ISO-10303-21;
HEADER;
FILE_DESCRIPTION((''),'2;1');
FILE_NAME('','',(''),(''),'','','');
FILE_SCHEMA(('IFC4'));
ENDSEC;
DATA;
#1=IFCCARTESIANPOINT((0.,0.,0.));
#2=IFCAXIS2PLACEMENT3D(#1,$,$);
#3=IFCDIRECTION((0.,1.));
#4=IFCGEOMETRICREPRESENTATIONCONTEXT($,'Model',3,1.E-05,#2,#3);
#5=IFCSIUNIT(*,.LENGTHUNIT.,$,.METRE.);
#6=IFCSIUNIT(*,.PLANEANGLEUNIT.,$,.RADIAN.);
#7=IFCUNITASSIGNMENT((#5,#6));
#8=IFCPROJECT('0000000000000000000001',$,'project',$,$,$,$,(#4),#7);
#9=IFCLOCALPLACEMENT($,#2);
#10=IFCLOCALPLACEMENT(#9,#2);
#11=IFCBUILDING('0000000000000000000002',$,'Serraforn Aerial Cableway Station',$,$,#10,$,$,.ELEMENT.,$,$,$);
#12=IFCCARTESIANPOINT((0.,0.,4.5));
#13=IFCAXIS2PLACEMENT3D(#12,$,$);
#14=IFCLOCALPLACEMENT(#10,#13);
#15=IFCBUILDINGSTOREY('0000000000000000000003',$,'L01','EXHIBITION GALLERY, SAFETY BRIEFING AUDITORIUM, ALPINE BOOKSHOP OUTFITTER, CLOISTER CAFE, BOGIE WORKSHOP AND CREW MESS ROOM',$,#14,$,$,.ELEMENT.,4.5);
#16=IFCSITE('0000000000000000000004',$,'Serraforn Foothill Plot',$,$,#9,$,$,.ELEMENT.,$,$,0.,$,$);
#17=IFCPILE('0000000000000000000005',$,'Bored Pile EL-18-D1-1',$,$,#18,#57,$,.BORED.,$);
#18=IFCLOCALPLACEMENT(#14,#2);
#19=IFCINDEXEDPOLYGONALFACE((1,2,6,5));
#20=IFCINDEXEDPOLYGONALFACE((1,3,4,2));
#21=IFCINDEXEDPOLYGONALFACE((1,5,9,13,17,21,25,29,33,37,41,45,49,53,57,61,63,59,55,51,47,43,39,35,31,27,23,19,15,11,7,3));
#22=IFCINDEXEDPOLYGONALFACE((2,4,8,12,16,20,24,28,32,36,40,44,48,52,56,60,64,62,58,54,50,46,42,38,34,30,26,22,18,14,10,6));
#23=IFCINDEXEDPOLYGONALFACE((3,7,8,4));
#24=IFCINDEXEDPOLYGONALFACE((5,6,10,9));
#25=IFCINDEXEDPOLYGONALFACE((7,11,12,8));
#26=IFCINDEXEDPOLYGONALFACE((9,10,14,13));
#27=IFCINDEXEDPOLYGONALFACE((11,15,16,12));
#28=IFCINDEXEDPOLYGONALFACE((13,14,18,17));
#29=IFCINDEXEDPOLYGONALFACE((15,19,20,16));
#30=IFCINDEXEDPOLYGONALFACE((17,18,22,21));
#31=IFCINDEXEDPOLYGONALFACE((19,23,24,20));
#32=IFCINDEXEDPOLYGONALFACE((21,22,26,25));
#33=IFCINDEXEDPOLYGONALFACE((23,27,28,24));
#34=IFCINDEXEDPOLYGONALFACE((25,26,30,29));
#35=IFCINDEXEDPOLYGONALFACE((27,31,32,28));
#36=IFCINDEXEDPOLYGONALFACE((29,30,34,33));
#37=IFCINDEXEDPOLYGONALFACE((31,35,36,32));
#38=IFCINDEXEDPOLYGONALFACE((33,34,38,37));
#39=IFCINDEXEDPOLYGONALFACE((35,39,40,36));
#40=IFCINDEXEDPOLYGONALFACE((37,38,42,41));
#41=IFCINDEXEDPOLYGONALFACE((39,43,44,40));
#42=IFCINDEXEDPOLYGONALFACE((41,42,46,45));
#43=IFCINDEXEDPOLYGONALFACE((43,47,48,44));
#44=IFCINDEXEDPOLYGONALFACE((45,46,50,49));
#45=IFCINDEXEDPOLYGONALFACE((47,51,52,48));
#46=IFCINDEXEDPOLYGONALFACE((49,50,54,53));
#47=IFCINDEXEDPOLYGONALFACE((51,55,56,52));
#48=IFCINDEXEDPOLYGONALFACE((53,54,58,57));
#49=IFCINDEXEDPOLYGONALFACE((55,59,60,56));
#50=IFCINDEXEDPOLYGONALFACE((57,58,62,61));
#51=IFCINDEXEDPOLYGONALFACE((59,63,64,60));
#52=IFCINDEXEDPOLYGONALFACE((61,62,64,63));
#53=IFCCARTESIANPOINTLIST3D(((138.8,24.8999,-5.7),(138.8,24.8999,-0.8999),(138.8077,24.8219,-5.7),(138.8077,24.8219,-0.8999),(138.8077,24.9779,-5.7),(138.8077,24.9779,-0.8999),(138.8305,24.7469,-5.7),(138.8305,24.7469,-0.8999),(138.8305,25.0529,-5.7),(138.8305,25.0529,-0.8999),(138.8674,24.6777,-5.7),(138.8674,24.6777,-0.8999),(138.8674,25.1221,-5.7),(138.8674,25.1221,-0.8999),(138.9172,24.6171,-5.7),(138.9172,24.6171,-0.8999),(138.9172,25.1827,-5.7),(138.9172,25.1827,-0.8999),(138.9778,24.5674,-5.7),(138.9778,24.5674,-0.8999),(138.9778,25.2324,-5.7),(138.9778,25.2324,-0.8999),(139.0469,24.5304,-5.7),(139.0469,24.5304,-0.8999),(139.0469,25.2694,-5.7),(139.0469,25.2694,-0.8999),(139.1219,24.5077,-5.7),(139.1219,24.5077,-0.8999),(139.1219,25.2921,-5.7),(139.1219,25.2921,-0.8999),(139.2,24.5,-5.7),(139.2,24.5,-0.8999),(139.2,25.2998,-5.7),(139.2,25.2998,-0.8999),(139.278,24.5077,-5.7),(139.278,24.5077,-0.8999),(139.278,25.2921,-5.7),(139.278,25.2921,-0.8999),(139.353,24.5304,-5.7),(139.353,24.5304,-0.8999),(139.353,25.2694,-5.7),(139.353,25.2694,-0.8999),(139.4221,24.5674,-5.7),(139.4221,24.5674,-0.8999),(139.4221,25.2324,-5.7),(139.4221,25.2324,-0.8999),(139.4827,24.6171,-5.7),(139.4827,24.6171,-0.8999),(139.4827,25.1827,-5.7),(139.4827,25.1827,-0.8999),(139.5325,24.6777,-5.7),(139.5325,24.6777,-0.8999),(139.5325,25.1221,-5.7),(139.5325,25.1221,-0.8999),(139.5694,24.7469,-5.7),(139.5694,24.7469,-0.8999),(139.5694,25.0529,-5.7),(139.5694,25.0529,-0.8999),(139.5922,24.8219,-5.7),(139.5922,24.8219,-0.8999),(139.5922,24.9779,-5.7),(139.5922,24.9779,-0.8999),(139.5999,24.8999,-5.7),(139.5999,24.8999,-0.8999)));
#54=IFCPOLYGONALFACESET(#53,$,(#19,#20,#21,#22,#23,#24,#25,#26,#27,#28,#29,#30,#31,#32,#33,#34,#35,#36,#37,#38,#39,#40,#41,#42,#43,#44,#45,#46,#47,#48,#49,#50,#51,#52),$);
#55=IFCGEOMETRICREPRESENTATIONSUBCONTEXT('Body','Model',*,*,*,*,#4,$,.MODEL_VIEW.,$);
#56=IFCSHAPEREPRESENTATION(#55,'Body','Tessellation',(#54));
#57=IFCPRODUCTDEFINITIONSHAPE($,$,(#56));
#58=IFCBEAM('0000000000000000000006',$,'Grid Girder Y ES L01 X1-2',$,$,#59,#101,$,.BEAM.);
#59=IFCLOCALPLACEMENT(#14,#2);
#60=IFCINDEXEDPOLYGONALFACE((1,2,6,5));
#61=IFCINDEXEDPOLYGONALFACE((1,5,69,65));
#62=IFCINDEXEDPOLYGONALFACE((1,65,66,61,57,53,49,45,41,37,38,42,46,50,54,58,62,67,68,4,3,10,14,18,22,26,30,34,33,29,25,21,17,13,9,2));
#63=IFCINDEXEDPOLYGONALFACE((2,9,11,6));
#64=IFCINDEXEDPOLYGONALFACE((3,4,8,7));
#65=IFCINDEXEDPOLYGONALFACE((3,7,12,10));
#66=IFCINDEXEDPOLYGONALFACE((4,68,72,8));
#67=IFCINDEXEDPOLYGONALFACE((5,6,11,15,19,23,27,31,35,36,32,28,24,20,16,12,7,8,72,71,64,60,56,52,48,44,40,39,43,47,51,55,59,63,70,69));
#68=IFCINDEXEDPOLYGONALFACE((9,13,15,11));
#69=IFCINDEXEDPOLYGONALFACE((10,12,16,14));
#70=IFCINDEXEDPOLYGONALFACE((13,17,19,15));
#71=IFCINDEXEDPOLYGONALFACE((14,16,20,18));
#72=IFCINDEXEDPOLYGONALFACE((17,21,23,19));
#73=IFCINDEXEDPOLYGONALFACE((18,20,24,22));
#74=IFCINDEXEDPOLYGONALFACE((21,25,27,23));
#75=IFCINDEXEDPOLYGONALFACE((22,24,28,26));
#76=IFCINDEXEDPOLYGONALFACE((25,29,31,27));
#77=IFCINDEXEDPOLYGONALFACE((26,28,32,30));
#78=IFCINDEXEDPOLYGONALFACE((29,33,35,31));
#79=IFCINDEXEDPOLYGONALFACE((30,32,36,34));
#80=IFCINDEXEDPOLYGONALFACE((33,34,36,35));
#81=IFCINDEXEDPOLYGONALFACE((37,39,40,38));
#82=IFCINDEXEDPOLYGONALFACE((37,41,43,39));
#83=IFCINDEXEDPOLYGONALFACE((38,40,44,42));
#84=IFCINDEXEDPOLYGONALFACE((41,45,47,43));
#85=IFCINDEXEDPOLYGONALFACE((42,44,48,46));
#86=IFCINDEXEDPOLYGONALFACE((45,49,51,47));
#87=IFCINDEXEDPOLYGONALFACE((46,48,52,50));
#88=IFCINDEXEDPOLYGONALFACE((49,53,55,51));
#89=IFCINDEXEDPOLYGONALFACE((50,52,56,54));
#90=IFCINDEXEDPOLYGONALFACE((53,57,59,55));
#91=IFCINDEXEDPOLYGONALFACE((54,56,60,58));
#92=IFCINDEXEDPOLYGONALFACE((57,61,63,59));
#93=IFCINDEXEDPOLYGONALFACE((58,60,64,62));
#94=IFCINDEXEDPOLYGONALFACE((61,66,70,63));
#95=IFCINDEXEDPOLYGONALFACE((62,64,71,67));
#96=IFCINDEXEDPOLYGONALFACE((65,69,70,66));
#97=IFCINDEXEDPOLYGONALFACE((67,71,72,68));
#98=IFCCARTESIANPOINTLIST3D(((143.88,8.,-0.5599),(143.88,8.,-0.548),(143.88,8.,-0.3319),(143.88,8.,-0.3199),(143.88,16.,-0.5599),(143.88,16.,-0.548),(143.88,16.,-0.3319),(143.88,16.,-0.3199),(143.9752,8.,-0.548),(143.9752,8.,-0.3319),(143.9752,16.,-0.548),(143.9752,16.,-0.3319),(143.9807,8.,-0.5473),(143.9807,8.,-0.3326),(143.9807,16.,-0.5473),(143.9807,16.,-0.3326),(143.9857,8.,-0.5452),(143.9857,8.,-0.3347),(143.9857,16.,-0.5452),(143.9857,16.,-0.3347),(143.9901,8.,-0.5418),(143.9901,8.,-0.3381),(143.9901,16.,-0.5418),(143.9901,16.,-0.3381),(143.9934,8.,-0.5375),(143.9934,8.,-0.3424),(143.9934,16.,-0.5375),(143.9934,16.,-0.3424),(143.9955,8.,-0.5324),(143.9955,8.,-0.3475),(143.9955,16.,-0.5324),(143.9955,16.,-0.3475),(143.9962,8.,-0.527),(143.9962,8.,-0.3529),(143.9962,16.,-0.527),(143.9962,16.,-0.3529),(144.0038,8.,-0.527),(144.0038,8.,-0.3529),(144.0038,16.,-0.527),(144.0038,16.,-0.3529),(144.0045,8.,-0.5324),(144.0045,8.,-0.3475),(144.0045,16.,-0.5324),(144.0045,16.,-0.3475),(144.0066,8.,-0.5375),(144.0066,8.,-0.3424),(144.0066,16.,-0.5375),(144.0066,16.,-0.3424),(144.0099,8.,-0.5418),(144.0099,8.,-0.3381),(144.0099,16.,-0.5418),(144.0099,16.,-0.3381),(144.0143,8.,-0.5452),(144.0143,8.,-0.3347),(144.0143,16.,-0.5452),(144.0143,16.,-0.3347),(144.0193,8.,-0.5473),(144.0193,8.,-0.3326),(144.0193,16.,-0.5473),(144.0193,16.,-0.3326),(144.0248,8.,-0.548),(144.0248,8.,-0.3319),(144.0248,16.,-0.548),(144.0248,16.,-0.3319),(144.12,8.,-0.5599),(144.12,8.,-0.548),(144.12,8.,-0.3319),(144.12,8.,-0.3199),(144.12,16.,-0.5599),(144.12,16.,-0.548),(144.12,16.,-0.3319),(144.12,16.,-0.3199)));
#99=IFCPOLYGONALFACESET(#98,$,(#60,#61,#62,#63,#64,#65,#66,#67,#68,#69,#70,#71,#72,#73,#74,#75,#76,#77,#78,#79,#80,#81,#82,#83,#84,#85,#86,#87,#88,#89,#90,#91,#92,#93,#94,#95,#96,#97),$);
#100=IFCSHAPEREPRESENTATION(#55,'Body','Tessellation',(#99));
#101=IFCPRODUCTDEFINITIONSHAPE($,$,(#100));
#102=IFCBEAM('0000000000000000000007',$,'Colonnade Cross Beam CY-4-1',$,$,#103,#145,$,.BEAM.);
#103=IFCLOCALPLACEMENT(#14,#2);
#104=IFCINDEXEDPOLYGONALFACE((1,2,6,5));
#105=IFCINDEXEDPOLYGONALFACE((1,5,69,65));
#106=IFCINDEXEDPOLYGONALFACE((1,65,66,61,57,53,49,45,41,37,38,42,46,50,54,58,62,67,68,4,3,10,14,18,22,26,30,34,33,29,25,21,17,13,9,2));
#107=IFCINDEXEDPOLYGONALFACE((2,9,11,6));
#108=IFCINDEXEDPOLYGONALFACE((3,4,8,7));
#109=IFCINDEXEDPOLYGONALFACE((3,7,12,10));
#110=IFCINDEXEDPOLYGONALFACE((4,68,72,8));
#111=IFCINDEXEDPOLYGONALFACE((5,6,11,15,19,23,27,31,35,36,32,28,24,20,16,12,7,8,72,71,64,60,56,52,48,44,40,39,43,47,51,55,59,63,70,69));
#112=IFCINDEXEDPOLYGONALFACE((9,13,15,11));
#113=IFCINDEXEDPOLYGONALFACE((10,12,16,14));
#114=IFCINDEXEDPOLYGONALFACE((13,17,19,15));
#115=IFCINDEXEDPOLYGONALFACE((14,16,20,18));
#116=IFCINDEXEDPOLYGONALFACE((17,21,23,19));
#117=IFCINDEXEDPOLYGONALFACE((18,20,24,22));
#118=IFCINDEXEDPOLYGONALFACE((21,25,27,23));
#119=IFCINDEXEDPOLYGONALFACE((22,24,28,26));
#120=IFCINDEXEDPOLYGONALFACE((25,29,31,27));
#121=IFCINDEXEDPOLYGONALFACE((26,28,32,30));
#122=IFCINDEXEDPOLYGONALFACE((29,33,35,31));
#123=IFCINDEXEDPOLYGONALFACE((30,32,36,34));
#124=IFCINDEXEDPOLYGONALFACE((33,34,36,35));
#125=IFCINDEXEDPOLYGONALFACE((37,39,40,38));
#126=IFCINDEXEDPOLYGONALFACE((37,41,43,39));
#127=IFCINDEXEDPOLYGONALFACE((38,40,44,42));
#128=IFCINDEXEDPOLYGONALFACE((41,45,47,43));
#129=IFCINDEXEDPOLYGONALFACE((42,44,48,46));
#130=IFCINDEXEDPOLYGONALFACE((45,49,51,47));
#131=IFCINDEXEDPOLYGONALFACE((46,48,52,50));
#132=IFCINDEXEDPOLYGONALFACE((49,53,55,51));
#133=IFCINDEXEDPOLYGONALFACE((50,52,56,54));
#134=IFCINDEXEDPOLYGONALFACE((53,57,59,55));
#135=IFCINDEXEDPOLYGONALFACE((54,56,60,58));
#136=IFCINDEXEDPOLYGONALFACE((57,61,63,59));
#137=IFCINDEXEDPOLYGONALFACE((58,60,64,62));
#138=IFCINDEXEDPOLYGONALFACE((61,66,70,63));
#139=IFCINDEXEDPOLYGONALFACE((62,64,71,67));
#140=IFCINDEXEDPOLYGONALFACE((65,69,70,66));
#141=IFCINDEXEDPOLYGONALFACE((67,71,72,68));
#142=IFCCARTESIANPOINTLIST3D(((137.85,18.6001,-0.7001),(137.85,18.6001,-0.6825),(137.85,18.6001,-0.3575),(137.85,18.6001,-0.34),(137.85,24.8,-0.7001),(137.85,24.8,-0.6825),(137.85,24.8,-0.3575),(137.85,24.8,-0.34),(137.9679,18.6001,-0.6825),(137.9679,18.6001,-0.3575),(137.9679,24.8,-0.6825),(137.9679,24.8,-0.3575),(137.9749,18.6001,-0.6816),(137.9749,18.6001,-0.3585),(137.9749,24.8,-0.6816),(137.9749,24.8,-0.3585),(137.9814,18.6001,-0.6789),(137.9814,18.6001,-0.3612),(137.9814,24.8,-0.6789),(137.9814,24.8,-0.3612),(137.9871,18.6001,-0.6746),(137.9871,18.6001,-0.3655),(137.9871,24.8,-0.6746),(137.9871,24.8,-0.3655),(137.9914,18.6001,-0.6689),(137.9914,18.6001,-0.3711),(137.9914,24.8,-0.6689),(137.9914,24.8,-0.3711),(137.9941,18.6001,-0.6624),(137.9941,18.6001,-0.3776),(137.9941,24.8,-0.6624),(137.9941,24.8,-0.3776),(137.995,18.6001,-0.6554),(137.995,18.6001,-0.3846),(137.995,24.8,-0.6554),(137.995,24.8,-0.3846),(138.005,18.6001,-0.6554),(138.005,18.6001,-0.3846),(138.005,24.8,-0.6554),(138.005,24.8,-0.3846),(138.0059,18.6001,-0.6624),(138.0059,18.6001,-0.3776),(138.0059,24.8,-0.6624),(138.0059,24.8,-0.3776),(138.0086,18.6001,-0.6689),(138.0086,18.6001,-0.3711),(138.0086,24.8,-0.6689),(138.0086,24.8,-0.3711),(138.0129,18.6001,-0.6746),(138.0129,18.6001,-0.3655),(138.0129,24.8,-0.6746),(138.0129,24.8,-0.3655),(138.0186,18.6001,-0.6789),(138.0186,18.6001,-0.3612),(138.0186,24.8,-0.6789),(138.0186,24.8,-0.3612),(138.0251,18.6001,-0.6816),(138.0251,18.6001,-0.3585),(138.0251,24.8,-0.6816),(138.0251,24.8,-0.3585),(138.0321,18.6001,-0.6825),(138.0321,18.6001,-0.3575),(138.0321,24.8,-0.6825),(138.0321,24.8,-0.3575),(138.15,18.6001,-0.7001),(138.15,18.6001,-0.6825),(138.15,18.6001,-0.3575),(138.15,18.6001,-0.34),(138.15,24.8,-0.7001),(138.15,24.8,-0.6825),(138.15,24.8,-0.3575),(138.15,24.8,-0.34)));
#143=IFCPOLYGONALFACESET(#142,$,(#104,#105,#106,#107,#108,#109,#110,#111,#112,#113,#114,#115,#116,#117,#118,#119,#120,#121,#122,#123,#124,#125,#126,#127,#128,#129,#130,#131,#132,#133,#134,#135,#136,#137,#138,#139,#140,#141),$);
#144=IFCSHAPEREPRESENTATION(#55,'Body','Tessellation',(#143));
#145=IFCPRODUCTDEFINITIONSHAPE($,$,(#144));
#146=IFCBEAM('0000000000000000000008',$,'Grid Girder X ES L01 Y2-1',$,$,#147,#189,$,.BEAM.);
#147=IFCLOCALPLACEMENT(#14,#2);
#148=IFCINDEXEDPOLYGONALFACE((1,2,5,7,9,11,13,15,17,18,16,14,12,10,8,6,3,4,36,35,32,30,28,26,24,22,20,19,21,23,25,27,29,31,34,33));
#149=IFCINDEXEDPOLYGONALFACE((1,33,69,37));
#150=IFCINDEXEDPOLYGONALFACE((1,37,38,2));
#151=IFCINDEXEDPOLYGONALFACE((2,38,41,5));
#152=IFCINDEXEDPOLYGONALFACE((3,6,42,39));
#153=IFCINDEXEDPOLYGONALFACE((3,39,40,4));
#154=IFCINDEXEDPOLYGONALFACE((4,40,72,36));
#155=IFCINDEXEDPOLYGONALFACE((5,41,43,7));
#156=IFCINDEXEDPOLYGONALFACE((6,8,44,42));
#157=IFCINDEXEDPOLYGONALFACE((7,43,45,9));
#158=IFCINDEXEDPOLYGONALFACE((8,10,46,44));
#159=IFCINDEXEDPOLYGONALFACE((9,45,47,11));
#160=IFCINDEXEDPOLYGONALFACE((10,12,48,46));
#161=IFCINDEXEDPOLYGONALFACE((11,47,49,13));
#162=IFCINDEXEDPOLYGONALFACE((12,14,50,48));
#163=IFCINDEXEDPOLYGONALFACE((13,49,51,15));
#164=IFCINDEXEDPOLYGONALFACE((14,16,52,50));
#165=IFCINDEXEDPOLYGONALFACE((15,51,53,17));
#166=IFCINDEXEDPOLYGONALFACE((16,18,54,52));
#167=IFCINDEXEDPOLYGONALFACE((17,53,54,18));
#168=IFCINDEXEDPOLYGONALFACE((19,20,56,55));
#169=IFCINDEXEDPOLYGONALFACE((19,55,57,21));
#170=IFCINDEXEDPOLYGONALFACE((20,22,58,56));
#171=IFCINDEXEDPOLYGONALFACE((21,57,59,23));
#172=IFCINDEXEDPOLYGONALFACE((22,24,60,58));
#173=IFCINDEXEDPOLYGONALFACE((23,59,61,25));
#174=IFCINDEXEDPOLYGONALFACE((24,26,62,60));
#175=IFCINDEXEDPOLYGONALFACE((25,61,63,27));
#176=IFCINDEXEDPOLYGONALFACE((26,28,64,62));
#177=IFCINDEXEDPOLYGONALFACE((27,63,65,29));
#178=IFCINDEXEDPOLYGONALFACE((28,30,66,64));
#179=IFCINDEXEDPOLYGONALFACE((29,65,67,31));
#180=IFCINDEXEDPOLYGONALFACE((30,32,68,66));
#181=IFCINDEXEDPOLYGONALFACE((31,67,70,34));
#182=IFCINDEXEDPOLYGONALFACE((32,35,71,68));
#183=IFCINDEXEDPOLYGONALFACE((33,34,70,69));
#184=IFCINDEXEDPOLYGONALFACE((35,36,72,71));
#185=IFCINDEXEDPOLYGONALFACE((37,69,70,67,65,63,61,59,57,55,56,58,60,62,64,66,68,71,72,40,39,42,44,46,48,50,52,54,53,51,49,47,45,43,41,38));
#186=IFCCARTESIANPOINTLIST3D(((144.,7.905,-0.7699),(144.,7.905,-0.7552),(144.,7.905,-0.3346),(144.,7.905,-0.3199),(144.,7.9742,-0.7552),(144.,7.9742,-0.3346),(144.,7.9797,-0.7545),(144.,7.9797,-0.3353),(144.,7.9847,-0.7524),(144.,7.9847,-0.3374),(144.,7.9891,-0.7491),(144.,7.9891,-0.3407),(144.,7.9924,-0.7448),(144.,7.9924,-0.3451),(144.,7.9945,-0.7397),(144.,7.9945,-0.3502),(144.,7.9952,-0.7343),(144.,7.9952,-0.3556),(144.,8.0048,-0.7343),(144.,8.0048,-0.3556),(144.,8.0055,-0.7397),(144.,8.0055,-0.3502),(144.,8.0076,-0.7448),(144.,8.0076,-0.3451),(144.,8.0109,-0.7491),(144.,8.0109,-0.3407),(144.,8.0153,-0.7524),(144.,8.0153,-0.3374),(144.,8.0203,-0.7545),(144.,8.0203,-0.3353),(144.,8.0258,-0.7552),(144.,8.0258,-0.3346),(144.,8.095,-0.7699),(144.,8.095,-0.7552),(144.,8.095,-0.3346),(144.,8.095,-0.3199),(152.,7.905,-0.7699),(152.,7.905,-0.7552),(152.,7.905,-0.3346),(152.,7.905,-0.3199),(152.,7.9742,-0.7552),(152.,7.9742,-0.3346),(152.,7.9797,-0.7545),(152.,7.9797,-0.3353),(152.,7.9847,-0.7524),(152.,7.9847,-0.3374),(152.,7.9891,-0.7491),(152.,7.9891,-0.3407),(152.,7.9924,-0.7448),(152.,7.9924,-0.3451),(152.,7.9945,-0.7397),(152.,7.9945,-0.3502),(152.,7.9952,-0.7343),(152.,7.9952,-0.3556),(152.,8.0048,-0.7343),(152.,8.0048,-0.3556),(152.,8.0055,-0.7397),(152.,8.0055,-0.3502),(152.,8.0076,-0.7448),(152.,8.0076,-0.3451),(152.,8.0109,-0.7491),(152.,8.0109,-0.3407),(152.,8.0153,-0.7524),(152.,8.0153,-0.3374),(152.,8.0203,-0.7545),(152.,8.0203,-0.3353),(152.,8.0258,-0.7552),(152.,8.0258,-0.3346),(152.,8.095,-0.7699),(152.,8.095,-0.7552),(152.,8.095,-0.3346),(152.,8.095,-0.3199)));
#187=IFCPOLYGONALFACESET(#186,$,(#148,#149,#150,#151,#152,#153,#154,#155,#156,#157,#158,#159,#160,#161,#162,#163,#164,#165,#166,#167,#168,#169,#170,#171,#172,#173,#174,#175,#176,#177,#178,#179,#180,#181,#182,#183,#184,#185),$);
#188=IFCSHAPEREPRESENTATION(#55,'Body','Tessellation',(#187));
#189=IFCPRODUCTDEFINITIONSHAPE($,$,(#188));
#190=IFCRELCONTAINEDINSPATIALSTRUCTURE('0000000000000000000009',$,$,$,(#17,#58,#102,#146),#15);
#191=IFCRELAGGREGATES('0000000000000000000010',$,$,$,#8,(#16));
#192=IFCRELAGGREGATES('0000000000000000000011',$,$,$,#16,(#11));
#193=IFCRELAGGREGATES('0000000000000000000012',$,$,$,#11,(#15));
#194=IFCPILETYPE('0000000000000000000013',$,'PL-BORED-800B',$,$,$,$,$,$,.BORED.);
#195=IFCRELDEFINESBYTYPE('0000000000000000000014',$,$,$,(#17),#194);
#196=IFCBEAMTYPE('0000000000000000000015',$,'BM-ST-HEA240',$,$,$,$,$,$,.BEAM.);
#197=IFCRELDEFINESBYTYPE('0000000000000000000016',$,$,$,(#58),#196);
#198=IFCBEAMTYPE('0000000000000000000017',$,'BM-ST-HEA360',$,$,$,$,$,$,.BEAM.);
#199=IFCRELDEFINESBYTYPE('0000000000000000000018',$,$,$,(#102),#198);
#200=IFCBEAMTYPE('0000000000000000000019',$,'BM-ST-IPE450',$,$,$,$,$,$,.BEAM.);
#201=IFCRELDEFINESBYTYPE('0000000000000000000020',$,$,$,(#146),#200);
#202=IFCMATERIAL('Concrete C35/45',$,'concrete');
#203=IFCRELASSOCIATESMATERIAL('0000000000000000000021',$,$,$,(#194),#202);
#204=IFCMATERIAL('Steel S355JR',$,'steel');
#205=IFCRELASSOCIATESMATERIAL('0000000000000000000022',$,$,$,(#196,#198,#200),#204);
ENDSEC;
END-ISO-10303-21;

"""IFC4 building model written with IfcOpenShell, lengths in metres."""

from ifc_helpers import new_model, si_unit, direction, frame, origin, origin_2d, place, context, subcontext, project, spatial, circle, i_section, extrude, material, material_profile, profile_set, type_object, element, save


model = new_model("IFC4")

# Units and contexts
model_context = context("Model", 3, precision=1e-05, world=origin(), true_north=direction((0.0, 1.0)))
body_context = subcontext(model_context, "Body", "Model", "MODEL_VIEW")
ifc_project = project(units=[si_unit("LENGTHUNIT", "METRE"), si_unit("PLANEANGLEUNIT", "RADIAN")], contexts=[model_context])

# Site, building, storey
site_placement = place(None, origin())
site = spatial("IfcSite", under=ifc_project, at=site_placement, Name="Serraforn Foothill Plot", CompositionType="ELEMENT", RefElevation=0.0)
building_placement = place(site_placement, origin())
building = spatial("IfcBuilding", under=site, at=building_placement, Name="Serraforn Aerial Cableway Station", CompositionType="ELEMENT")
storey_placement = place(building_placement, frame((0.0, 0.0, 4.5)))
storey = spatial("IfcBuildingStorey", under=building, at=storey_placement, Name="L01", Description="EXHIBITION GALLERY, SAFETY BRIEFING AUDITORIUM, ALPINE BOOKSHOP OUTFITTER, CLOISTER CAFE, BOGIE WORKSHOP AND CREW MESS ROOM", CompositionType="ELEMENT", Elevation=4.5)

# Pile
ifc_material_1 = material(Name="Concrete C35/45", Category="concrete")
ifc_material_profile_1 = material_profile(ifc_material_1, circle(Radius=0.3999, at=origin_2d()), Name="BORED PILE D800")
ifc_profile_set_1 = profile_set([ifc_material_profile_1], Name="Concrete C35/45")
pile_type = type_object("IfcPileType", Name="PL-BORED-800B", PredefinedType="BORED", material=ifc_profile_set_1)
pile_placement = place(storey_placement, frame((139.2, 24.8999, -0.8999), z_axis=(0.0, 0.0, -1.0), x_axis=(1.0, 0.0, 0.0)))
element("IfcPile", 1, at=pile_placement, inside=storey, type_object=pile_type, Name="Bored Pile EL-18-D1-1", PredefinedType="BORED", context=body_context, shape_type="SweptSolid", body=[
    extrude(circle(Radius=0.3999, at=origin_2d()), origin(), (0.0, 0.0, 1.0), 4.8),
])

# Beams
ifc_material_2 = material(Name="Steel S355JR", Category="steel")
ifc_material_profile_2 = material_profile(ifc_material_2, i_section(OverallWidth=0.24, OverallDepth=0.24, WebThickness=0.0076, FlangeThickness=0.012, FilletRadius=0.021, at=origin_2d()), Name="HEA 240")
ifc_profile_set_2 = profile_set([ifc_material_profile_2], Name="Steel S355JR")
beam_type_1 = type_object("IfcBeamType", Name="BM-ST-HEA240", PredefinedType="BEAM", material=ifc_profile_set_2)
beam_1_placement = place(storey_placement, frame((144.0, 8.0, -0.4399), z_axis=(0.0, 1.0, 0.0), x_axis=(-1.0, 0.0, 0.0)))
element("IfcBeam", 2, at=beam_1_placement, inside=storey, type_object=beam_type_1, Name="Grid Girder Y ES L01 X1-2", PredefinedType="BEAM", context=body_context, shape_type="SweptSolid", body=[
    extrude(i_section(OverallWidth=0.24, OverallDepth=0.24, WebThickness=0.0076, FlangeThickness=0.012, FilletRadius=0.021, at=origin_2d()), origin(), (0.0, 0.0, 1.0), 8.0),
])
ifc_material_profile_3 = material_profile(ifc_material_2, i_section(OverallWidth=0.3, OverallDepth=0.3601, WebThickness=0.01, FlangeThickness=0.0176, FilletRadius=0.0271, at=origin_2d()), Name="HEA 360")
ifc_profile_set_3 = profile_set([ifc_material_profile_3], Name="Steel S355JR")
beam_type_2 = type_object("IfcBeamType", Name="BM-ST-HEA360", PredefinedType="BEAM", material=ifc_profile_set_3)
beam_2_placement = place(storey_placement, frame((138.0, 18.6001, -0.52), z_axis=(0.0, 1.0, 0.0), x_axis=(-1.0, 0.0, 0.0)))
element("IfcBeam", 3, at=beam_2_placement, inside=storey, type_object=beam_type_2, Name="Colonnade Cross Beam CY-4-1", PredefinedType="BEAM", context=body_context, shape_type="SweptSolid", body=[
    extrude(i_section(OverallWidth=0.3, OverallDepth=0.3601, WebThickness=0.01, FlangeThickness=0.0176, FilletRadius=0.0271, at=origin_2d()), origin(), (0.0, 0.0, 1.0), 6.2),
])
ifc_material_profile_4 = material_profile(ifc_material_2, i_section(OverallWidth=0.1899, OverallDepth=0.45, WebThickness=0.0095, FlangeThickness=0.0146, FilletRadius=0.021, at=origin_2d()), Name="IPE 450")
ifc_profile_set_4 = profile_set([ifc_material_profile_4], Name="Steel S355JR")
beam_type_3 = type_object("IfcBeamType", Name="BM-ST-IPE450", PredefinedType="BEAM", material=ifc_profile_set_4)
beam_3_placement = place(storey_placement, frame((144.0, 8.0, -0.5449), z_axis=(1.0, 0.0, 0.0), x_axis=(0.0, 1.0, 0.0)))
element("IfcBeam", 4, at=beam_3_placement, inside=storey, type_object=beam_type_3, Name="Grid Girder X ES L01 Y2-1", PredefinedType="BEAM", context=body_context, shape_type="SweptSolid", body=[
    extrude(i_section(OverallWidth=0.1899, OverallDepth=0.45, WebThickness=0.0095, FlangeThickness=0.0146, FilletRadius=0.021, at=origin_2d()), origin(), (0.0, 0.0, 1.0), 8.0),
])

save(model, "model.ifc")
